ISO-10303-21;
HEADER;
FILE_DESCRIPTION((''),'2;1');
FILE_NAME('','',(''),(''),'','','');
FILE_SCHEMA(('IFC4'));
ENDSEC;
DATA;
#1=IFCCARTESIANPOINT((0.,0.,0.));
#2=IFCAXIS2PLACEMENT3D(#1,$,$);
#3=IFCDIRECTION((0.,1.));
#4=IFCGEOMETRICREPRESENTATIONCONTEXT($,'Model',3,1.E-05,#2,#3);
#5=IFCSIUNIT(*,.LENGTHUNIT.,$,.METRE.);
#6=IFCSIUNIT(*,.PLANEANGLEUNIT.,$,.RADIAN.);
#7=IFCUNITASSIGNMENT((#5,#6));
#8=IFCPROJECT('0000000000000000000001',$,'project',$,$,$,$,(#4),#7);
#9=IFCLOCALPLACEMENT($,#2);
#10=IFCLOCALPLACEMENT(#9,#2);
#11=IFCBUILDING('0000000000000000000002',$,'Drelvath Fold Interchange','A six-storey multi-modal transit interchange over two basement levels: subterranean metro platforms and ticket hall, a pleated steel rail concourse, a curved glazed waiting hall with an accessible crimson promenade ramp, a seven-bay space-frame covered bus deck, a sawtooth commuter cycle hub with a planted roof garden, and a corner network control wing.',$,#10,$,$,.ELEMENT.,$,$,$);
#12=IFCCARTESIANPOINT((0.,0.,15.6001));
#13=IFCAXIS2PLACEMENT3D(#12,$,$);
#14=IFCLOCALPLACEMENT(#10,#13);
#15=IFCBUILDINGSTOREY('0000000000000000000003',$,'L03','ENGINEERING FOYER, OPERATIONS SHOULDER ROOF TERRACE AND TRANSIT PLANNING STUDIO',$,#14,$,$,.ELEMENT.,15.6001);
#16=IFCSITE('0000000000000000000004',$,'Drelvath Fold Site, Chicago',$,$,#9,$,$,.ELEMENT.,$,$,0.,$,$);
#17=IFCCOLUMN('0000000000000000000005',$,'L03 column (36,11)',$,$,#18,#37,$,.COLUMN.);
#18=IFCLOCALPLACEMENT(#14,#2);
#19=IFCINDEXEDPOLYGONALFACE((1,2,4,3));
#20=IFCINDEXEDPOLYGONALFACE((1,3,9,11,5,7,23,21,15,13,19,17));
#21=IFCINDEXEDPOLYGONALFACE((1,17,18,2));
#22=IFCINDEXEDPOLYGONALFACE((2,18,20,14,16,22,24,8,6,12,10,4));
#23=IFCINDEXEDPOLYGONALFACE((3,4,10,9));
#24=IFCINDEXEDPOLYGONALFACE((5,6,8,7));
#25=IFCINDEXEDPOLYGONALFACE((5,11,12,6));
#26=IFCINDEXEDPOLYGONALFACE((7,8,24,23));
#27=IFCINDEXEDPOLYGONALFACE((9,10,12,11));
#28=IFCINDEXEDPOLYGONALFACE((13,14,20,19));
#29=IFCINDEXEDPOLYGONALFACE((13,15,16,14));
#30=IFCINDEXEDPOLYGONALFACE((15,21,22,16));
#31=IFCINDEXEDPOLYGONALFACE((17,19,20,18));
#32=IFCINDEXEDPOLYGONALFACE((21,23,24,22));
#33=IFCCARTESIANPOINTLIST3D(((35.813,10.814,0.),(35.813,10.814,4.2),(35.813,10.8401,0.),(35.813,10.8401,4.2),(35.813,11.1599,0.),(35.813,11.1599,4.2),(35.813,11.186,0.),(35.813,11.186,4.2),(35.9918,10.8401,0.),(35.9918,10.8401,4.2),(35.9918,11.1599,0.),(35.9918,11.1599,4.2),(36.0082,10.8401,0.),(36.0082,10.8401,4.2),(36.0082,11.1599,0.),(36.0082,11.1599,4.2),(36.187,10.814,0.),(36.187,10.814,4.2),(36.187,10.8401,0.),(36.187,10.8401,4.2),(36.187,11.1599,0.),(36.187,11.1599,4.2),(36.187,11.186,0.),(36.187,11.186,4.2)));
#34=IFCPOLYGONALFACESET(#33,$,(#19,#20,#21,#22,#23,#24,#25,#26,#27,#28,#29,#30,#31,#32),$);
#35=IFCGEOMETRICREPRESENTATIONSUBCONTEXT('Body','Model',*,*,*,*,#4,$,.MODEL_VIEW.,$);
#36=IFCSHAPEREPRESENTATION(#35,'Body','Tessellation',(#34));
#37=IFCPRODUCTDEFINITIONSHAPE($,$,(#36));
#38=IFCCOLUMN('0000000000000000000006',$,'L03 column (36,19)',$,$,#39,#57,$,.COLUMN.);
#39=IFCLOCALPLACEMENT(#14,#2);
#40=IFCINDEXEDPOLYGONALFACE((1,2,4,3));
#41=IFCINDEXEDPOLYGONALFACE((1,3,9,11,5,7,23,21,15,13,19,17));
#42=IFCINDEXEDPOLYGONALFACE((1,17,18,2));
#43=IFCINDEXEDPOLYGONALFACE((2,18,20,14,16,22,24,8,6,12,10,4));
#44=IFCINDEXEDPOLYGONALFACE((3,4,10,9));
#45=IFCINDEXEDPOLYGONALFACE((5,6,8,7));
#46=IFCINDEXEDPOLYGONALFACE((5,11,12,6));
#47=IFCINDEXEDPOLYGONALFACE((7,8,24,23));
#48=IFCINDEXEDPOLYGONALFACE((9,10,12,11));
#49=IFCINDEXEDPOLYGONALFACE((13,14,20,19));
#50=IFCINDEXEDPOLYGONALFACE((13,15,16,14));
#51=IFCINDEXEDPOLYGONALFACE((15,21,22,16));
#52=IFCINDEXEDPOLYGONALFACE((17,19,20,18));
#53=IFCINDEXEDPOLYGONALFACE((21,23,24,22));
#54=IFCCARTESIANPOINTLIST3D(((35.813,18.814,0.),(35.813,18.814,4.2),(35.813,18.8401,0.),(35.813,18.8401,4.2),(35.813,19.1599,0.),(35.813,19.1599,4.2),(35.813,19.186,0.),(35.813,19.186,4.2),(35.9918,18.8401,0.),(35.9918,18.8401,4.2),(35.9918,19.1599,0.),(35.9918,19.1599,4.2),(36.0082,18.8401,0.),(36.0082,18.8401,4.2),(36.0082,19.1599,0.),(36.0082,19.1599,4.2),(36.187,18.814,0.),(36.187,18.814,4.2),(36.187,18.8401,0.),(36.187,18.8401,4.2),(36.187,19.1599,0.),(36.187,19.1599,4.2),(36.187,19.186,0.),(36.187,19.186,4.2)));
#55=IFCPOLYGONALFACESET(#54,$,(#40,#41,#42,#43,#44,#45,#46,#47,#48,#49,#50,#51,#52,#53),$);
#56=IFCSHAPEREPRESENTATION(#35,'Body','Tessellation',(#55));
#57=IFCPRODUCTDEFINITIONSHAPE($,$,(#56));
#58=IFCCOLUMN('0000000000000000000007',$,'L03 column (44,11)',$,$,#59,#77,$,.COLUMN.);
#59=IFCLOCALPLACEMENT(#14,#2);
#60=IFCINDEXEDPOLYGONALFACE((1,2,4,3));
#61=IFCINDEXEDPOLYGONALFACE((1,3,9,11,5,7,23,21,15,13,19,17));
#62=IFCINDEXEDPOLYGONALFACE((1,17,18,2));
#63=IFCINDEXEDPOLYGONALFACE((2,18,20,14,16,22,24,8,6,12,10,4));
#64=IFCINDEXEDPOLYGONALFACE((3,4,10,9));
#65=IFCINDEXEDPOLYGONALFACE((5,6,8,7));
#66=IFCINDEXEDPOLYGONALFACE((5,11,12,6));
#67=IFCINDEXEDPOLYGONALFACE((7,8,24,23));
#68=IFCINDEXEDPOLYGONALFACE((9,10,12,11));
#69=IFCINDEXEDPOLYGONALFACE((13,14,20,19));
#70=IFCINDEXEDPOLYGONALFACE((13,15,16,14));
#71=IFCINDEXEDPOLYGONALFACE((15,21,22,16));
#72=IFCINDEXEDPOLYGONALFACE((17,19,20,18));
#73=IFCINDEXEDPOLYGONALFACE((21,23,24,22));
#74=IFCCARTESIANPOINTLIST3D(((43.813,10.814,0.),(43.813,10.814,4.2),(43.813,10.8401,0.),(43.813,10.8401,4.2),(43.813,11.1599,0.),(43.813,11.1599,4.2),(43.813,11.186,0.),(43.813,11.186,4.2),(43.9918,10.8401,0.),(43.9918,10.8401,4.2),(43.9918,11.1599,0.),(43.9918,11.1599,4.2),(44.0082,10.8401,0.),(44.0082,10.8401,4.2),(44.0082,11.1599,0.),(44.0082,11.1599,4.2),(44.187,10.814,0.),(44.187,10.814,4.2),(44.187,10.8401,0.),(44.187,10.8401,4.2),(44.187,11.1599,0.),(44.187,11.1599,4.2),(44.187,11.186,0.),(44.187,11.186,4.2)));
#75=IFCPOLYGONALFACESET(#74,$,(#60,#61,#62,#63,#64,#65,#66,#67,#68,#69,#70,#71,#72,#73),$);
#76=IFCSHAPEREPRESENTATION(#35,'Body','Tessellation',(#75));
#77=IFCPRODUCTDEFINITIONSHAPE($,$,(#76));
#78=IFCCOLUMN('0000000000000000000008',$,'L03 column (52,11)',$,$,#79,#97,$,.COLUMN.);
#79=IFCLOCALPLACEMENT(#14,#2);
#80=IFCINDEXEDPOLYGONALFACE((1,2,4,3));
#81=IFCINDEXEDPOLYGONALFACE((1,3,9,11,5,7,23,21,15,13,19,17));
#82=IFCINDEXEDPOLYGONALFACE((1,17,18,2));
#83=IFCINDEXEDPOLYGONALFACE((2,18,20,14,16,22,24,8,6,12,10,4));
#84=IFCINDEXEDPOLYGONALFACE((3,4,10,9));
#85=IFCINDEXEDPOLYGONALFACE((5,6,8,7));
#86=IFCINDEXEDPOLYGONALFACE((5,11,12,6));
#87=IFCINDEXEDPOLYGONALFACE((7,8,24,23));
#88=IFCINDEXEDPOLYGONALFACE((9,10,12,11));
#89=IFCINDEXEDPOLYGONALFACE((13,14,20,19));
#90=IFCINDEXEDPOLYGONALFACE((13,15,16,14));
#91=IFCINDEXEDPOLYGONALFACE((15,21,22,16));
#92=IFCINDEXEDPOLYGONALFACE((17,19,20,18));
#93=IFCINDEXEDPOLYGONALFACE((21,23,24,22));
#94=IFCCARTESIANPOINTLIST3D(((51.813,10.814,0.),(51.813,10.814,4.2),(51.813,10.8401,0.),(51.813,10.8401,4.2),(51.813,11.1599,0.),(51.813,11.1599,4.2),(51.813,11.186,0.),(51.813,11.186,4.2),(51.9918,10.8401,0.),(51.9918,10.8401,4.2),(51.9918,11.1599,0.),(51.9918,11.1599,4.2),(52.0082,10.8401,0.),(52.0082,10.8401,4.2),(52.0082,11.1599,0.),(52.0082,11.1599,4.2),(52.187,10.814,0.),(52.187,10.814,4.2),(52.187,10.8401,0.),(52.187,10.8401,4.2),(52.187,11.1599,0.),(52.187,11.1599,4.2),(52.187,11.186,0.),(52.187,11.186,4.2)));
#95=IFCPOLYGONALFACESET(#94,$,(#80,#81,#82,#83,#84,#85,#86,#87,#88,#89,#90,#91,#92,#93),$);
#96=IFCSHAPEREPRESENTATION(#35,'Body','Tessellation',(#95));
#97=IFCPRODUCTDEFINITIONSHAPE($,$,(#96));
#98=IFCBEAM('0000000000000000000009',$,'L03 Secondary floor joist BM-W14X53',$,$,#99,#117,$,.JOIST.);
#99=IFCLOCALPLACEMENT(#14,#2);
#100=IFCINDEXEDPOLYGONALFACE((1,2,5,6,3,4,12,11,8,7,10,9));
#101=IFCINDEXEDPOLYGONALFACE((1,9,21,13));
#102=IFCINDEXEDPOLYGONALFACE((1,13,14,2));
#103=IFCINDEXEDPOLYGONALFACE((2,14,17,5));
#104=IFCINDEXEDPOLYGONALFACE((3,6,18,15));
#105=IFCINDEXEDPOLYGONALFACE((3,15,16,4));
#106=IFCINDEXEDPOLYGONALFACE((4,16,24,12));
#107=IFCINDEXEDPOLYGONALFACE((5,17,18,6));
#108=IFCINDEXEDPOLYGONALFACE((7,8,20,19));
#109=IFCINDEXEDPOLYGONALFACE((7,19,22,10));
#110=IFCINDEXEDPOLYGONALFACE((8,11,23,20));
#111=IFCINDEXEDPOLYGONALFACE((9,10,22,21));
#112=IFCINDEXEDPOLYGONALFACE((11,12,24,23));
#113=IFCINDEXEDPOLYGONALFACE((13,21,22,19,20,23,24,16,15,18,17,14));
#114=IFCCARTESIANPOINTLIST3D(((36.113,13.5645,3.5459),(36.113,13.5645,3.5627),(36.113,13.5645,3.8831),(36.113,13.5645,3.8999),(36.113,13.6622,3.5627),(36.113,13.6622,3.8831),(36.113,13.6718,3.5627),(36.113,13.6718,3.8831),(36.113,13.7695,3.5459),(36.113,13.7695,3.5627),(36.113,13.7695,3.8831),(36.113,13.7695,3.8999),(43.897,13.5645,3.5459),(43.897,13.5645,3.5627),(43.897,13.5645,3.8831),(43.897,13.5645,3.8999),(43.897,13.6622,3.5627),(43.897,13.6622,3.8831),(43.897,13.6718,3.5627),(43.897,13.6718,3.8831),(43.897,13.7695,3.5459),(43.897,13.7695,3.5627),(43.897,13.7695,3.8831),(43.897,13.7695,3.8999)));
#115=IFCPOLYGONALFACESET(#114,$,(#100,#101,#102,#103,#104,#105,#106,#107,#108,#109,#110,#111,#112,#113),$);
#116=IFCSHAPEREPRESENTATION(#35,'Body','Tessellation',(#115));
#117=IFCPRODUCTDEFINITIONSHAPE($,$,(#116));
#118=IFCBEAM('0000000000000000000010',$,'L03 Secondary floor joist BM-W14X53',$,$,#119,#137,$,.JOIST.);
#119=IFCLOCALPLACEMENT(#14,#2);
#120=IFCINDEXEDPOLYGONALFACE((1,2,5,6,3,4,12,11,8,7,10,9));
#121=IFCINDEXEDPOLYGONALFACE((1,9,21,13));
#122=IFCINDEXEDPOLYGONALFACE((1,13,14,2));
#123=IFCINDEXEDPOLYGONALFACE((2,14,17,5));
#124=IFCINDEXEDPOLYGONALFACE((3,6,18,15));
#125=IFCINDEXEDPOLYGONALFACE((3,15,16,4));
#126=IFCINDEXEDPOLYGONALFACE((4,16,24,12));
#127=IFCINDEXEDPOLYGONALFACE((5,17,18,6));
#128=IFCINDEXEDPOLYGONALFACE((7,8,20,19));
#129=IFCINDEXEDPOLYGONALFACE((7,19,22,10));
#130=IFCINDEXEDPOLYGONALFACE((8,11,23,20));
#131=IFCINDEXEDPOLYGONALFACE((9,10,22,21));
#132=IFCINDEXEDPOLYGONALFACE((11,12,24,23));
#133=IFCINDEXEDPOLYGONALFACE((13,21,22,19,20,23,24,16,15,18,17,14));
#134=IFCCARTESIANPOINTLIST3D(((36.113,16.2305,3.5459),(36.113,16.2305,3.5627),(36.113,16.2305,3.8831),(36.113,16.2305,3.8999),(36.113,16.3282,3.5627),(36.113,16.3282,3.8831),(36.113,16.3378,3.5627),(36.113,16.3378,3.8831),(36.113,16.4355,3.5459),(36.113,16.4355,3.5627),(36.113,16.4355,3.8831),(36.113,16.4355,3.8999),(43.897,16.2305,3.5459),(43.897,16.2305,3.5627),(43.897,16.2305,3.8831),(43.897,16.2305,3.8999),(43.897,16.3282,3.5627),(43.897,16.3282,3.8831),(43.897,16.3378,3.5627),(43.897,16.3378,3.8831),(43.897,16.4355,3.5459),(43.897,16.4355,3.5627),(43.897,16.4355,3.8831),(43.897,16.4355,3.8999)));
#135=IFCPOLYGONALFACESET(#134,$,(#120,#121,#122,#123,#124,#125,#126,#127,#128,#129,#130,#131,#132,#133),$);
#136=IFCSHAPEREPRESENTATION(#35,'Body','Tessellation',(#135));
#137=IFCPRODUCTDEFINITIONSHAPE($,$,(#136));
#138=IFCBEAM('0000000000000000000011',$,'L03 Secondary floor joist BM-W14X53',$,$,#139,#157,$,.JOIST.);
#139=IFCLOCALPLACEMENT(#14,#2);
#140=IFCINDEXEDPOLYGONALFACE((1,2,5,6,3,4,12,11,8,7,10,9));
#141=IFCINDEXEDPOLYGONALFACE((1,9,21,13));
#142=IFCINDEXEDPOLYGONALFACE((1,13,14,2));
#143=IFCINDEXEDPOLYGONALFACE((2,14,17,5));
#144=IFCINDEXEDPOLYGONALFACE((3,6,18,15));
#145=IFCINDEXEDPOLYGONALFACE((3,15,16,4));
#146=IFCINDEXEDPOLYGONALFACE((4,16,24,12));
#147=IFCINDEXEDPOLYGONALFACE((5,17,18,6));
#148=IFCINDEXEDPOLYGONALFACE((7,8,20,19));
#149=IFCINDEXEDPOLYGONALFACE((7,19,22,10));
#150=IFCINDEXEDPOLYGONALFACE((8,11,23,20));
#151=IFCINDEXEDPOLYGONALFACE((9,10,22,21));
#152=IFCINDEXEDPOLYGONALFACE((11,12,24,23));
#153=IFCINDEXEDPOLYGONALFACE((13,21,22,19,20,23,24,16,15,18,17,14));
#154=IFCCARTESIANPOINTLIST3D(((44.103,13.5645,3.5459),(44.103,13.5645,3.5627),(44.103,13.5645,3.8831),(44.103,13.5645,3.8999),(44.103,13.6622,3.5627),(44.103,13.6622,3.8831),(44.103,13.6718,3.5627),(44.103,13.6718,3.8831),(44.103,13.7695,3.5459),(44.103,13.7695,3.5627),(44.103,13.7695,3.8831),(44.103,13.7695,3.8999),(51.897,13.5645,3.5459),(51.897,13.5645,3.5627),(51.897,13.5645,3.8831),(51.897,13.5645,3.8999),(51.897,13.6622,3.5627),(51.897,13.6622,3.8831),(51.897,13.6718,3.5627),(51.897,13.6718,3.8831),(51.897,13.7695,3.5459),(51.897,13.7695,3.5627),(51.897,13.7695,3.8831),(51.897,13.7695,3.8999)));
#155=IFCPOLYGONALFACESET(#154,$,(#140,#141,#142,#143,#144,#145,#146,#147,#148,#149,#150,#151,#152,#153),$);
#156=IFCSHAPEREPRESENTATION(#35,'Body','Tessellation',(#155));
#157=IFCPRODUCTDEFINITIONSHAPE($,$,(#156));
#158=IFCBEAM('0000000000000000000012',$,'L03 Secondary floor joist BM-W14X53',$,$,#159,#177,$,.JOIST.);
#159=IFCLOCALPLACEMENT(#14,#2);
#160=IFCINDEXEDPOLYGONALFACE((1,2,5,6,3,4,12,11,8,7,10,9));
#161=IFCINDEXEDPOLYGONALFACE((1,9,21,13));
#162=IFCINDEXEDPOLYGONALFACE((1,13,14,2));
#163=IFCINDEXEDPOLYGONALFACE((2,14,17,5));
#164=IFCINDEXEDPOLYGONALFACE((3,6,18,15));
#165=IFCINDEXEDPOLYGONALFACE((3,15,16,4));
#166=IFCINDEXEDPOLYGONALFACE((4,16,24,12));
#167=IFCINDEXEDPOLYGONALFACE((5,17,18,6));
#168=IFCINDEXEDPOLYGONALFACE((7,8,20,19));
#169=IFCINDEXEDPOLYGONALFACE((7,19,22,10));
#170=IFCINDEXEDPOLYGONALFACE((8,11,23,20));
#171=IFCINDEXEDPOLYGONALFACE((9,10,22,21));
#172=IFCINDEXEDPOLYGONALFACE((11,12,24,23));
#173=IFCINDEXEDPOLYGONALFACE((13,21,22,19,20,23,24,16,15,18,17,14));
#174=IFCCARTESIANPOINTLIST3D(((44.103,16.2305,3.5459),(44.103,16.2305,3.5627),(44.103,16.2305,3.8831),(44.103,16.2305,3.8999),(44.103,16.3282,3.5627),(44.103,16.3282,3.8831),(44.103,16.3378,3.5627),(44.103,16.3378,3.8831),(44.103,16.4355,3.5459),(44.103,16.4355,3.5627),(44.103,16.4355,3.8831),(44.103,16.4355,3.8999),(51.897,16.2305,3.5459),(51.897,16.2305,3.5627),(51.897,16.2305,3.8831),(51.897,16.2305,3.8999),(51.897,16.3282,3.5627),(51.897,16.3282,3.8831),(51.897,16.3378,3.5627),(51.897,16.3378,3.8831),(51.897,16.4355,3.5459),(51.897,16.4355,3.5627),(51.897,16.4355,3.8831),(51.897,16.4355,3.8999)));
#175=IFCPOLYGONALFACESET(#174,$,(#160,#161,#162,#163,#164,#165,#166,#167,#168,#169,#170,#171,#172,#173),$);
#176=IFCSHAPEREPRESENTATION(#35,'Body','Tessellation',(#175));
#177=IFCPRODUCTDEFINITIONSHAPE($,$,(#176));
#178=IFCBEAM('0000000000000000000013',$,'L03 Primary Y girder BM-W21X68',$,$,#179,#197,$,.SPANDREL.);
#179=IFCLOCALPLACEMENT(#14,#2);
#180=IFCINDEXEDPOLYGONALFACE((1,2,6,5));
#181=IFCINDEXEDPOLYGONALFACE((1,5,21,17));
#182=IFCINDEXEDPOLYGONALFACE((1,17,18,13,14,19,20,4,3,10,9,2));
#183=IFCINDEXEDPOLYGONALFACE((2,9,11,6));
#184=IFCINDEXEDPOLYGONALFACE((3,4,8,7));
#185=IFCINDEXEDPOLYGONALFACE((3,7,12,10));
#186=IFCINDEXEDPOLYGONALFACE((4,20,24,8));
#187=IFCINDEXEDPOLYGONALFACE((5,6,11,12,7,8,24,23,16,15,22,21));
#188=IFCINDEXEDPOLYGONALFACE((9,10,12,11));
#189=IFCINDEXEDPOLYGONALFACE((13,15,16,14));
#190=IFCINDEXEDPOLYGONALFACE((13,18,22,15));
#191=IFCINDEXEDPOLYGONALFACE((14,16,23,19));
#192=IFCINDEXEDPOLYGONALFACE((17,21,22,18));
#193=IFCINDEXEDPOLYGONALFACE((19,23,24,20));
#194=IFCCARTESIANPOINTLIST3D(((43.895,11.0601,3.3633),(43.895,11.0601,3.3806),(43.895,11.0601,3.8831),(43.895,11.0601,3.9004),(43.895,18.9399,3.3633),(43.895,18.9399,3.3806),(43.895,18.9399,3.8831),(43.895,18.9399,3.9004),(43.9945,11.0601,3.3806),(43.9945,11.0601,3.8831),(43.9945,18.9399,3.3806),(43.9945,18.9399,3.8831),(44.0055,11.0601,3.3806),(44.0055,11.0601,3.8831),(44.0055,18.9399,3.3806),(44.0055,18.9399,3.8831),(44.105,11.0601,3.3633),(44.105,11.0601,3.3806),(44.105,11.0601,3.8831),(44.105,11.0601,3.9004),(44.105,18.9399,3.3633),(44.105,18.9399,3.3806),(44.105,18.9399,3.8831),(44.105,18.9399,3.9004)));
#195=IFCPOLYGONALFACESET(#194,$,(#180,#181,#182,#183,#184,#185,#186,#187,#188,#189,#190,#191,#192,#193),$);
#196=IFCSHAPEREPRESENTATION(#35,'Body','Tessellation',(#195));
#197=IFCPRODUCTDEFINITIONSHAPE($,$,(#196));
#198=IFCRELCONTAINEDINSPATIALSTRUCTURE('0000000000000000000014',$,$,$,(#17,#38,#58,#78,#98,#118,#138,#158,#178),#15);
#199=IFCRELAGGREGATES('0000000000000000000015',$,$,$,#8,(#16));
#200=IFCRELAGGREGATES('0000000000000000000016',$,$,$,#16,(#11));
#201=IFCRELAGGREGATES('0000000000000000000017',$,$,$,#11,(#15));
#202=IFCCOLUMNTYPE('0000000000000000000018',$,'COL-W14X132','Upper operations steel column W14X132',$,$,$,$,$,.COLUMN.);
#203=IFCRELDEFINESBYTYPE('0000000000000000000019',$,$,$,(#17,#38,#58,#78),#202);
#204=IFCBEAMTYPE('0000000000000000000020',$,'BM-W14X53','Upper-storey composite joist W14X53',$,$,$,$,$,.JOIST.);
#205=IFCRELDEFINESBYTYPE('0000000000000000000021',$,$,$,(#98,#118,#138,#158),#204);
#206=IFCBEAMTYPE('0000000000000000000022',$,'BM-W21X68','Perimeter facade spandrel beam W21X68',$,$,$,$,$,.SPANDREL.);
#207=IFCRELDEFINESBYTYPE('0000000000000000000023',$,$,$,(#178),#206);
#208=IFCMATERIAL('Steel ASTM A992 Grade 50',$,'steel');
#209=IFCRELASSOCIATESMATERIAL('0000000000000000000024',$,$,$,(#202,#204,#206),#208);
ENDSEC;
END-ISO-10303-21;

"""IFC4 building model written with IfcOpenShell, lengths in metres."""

from ifc_helpers import new_model, si_unit, direction, frame, origin, origin_2d, place, context, subcontext, project, spatial, i_section, extrude, material, material_profile, profile_set, type_object, element, save


model = new_model("IFC4")

# Units and contexts
model_context = context("Model", 3, precision=1e-05, world=origin(), true_north=direction((0.0, 1.0)))
body_context = subcontext(model_context, "Body", "Model", "MODEL_VIEW")
ifc_project = project(units=[si_unit("LENGTHUNIT", "METRE"), si_unit("PLANEANGLEUNIT", "RADIAN")], contexts=[model_context])

# Site, building, storey
site_placement = place(None, origin())
site = spatial("IfcSite", under=ifc_project, at=site_placement, Name="Drelvath Fold Site, Chicago", CompositionType="ELEMENT", RefElevation=0.0)
building_placement = place(site_placement, origin())
building = spatial("IfcBuilding", under=site, at=building_placement, Name="Drelvath Fold Interchange", Description="A six-storey multi-modal transit interchange over two basement levels: subterranean metro platforms and ticket hall, a pleated steel rail concourse, a curved glazed waiting hall with an accessible crimson promenade ramp, a seven-bay space-frame covered bus deck, a sawtooth commuter cycle hub with a planted roof garden, and a corner network control wing.", CompositionType="ELEMENT")
storey_placement = place(building_placement, frame((0.0, 0.0, 15.6001)))
storey = spatial("IfcBuildingStorey", under=building, at=storey_placement, Name="L03", Description="ENGINEERING FOYER, OPERATIONS SHOULDER ROOF TERRACE AND TRANSIT PLANNING STUDIO", CompositionType="ELEMENT", Elevation=15.6001)

# Columns
ifc_material_1 = material(Name="Steel ASTM A992 Grade 50", Category="steel")
ifc_material_profile_1 = material_profile(ifc_material_1, i_section(OverallWidth=0.374, OverallDepth=0.3721, WebThickness=0.0164, FlangeThickness=0.0261, at=origin_2d()), Name="W14X132")
ifc_profile_set_1 = profile_set([ifc_material_profile_1], Name="Steel ASTM A992 Grade 50")
column_type = type_object("IfcColumnType", Name="COL-W14X132", Description="Upper operations steel column W14X132", PredefinedType="COLUMN", material=ifc_profile_set_1)
for number, where, z_axis, x_axis, name in (
    (1, (36.0, 11.0, 0.0), (0.0, 0.0, 1.0), (1.0, 0.0, 0.0), "L03 column (36,11)"),
    (2, (36.0, 19.0, 0.0), (0.0, 0.0, 1.0), (1.0, 0.0, 0.0), "L03 column (36,19)"),
    (3, (44.0, 11.0, 0.0), (0.0, 0.0, 1.0), (1.0, 0.0, 0.0), "L03 column (44,11)"),
    (4, (52.0, 11.0, 0.0), (0.0, 0.0, 1.0), (1.0, 0.0, 0.0), "L03 column (52,11)"),
):
    element("IfcColumn", number, at=place(storey_placement, frame(where, z_axis=z_axis, x_axis=x_axis)), inside=storey, type_object=column_type, Name=name, PredefinedType="COLUMN", context=body_context, shape_type="SweptSolid", body=[
        extrude(i_section(OverallWidth=0.374, OverallDepth=0.3721, WebThickness=0.0164, FlangeThickness=0.0261, at=origin_2d()), origin(), (0.0, 0.0, 1.0), 4.2),
    ])

# Beams
ifc_material_profile_2 = material_profile(ifc_material_1, i_section(OverallWidth=0.2051, OverallDepth=0.354, WebThickness=0.0095, FlangeThickness=0.0168, at=origin_2d()), Name="W14X53")
ifc_profile_set_2 = profile_set([ifc_material_profile_2], Name="Steel ASTM A992 Grade 50")
beam_type_1 = type_object("IfcBeamType", Name="BM-W14X53", Description="Upper-storey composite joist W14X53", PredefinedType="JOIST", material=ifc_profile_set_2)
for number, where, z_axis, x_axis, name in (
    (5, (36.113, 13.667, 3.7229), (1.0, 0.0, 0.0), (0.0, 1.0, 0.0), "L03 Secondary floor joist BM-W14X53"),
    (6, (36.113, 16.333, 3.7229), (1.0, 0.0, 0.0), (0.0, 1.0, 0.0), "L03 Secondary floor joist BM-W14X53"),
):
    element("IfcBeam", number, at=place(storey_placement, frame(where, z_axis=z_axis, x_axis=x_axis)), inside=storey, type_object=beam_type_1, Name=name, PredefinedType="JOIST", context=body_context, shape_type="SweptSolid", body=[
        extrude(i_section(OverallWidth=0.2051, OverallDepth=0.354, WebThickness=0.0095, FlangeThickness=0.0168, at=origin_2d()), origin(), (0.0, 0.0, 1.0), 7.7839),
    ])
for number, where, z_axis, x_axis, name in (
    (7, (44.103, 13.667, 3.7229), (1.0, 0.0, 0.0), (0.0, 1.0, 0.0), "L03 Secondary floor joist BM-W14X53"),
    (8, (44.103, 16.333, 3.7229), (1.0, 0.0, 0.0), (0.0, 1.0, 0.0), "L03 Secondary floor joist BM-W14X53"),
):
    element("IfcBeam", number, at=place(storey_placement, frame(where, z_axis=z_axis, x_axis=x_axis)), inside=storey, type_object=beam_type_1, Name=name, PredefinedType="JOIST", context=body_context, shape_type="SweptSolid", body=[
        extrude(i_section(OverallWidth=0.2051, OverallDepth=0.354, WebThickness=0.0095, FlangeThickness=0.0168, at=origin_2d()), origin(), (0.0, 0.0, 1.0), 7.7939),
    ])
ifc_material_profile_3 = material_profile(ifc_material_1, i_section(OverallWidth=0.21, OverallDepth=0.5371, WebThickness=0.011, FlangeThickness=0.0173, at=origin_2d()), Name="W21X68")
ifc_profile_set_3 = profile_set([ifc_material_profile_3], Name="Steel ASTM A992 Grade 50")
beam_type_2 = type_object("IfcBeamType", Name="BM-W21X68", Description="Perimeter facade spandrel beam W21X68", PredefinedType="SPANDREL", material=ifc_profile_set_3)
for number, where, z_axis, x_axis, name in (
    (9, (44.0, 11.0601, 3.6318), (0.0, 1.0, 0.0), (-1.0, 0.0, 0.0), "L03 Primary Y girder BM-W21X68"),
):
    element("IfcBeam", number, at=place(storey_placement, frame(where, z_axis=z_axis, x_axis=x_axis)), inside=storey, type_object=beam_type_2, Name=name, PredefinedType="SPANDREL", context=body_context, shape_type="SweptSolid", body=[
        extrude(i_section(OverallWidth=0.21, OverallDepth=0.5371, WebThickness=0.011, FlangeThickness=0.0173, at=origin_2d()), origin(), (0.0, 0.0, 1.0), 7.8799),
    ])

save(model, "model.ifc")
